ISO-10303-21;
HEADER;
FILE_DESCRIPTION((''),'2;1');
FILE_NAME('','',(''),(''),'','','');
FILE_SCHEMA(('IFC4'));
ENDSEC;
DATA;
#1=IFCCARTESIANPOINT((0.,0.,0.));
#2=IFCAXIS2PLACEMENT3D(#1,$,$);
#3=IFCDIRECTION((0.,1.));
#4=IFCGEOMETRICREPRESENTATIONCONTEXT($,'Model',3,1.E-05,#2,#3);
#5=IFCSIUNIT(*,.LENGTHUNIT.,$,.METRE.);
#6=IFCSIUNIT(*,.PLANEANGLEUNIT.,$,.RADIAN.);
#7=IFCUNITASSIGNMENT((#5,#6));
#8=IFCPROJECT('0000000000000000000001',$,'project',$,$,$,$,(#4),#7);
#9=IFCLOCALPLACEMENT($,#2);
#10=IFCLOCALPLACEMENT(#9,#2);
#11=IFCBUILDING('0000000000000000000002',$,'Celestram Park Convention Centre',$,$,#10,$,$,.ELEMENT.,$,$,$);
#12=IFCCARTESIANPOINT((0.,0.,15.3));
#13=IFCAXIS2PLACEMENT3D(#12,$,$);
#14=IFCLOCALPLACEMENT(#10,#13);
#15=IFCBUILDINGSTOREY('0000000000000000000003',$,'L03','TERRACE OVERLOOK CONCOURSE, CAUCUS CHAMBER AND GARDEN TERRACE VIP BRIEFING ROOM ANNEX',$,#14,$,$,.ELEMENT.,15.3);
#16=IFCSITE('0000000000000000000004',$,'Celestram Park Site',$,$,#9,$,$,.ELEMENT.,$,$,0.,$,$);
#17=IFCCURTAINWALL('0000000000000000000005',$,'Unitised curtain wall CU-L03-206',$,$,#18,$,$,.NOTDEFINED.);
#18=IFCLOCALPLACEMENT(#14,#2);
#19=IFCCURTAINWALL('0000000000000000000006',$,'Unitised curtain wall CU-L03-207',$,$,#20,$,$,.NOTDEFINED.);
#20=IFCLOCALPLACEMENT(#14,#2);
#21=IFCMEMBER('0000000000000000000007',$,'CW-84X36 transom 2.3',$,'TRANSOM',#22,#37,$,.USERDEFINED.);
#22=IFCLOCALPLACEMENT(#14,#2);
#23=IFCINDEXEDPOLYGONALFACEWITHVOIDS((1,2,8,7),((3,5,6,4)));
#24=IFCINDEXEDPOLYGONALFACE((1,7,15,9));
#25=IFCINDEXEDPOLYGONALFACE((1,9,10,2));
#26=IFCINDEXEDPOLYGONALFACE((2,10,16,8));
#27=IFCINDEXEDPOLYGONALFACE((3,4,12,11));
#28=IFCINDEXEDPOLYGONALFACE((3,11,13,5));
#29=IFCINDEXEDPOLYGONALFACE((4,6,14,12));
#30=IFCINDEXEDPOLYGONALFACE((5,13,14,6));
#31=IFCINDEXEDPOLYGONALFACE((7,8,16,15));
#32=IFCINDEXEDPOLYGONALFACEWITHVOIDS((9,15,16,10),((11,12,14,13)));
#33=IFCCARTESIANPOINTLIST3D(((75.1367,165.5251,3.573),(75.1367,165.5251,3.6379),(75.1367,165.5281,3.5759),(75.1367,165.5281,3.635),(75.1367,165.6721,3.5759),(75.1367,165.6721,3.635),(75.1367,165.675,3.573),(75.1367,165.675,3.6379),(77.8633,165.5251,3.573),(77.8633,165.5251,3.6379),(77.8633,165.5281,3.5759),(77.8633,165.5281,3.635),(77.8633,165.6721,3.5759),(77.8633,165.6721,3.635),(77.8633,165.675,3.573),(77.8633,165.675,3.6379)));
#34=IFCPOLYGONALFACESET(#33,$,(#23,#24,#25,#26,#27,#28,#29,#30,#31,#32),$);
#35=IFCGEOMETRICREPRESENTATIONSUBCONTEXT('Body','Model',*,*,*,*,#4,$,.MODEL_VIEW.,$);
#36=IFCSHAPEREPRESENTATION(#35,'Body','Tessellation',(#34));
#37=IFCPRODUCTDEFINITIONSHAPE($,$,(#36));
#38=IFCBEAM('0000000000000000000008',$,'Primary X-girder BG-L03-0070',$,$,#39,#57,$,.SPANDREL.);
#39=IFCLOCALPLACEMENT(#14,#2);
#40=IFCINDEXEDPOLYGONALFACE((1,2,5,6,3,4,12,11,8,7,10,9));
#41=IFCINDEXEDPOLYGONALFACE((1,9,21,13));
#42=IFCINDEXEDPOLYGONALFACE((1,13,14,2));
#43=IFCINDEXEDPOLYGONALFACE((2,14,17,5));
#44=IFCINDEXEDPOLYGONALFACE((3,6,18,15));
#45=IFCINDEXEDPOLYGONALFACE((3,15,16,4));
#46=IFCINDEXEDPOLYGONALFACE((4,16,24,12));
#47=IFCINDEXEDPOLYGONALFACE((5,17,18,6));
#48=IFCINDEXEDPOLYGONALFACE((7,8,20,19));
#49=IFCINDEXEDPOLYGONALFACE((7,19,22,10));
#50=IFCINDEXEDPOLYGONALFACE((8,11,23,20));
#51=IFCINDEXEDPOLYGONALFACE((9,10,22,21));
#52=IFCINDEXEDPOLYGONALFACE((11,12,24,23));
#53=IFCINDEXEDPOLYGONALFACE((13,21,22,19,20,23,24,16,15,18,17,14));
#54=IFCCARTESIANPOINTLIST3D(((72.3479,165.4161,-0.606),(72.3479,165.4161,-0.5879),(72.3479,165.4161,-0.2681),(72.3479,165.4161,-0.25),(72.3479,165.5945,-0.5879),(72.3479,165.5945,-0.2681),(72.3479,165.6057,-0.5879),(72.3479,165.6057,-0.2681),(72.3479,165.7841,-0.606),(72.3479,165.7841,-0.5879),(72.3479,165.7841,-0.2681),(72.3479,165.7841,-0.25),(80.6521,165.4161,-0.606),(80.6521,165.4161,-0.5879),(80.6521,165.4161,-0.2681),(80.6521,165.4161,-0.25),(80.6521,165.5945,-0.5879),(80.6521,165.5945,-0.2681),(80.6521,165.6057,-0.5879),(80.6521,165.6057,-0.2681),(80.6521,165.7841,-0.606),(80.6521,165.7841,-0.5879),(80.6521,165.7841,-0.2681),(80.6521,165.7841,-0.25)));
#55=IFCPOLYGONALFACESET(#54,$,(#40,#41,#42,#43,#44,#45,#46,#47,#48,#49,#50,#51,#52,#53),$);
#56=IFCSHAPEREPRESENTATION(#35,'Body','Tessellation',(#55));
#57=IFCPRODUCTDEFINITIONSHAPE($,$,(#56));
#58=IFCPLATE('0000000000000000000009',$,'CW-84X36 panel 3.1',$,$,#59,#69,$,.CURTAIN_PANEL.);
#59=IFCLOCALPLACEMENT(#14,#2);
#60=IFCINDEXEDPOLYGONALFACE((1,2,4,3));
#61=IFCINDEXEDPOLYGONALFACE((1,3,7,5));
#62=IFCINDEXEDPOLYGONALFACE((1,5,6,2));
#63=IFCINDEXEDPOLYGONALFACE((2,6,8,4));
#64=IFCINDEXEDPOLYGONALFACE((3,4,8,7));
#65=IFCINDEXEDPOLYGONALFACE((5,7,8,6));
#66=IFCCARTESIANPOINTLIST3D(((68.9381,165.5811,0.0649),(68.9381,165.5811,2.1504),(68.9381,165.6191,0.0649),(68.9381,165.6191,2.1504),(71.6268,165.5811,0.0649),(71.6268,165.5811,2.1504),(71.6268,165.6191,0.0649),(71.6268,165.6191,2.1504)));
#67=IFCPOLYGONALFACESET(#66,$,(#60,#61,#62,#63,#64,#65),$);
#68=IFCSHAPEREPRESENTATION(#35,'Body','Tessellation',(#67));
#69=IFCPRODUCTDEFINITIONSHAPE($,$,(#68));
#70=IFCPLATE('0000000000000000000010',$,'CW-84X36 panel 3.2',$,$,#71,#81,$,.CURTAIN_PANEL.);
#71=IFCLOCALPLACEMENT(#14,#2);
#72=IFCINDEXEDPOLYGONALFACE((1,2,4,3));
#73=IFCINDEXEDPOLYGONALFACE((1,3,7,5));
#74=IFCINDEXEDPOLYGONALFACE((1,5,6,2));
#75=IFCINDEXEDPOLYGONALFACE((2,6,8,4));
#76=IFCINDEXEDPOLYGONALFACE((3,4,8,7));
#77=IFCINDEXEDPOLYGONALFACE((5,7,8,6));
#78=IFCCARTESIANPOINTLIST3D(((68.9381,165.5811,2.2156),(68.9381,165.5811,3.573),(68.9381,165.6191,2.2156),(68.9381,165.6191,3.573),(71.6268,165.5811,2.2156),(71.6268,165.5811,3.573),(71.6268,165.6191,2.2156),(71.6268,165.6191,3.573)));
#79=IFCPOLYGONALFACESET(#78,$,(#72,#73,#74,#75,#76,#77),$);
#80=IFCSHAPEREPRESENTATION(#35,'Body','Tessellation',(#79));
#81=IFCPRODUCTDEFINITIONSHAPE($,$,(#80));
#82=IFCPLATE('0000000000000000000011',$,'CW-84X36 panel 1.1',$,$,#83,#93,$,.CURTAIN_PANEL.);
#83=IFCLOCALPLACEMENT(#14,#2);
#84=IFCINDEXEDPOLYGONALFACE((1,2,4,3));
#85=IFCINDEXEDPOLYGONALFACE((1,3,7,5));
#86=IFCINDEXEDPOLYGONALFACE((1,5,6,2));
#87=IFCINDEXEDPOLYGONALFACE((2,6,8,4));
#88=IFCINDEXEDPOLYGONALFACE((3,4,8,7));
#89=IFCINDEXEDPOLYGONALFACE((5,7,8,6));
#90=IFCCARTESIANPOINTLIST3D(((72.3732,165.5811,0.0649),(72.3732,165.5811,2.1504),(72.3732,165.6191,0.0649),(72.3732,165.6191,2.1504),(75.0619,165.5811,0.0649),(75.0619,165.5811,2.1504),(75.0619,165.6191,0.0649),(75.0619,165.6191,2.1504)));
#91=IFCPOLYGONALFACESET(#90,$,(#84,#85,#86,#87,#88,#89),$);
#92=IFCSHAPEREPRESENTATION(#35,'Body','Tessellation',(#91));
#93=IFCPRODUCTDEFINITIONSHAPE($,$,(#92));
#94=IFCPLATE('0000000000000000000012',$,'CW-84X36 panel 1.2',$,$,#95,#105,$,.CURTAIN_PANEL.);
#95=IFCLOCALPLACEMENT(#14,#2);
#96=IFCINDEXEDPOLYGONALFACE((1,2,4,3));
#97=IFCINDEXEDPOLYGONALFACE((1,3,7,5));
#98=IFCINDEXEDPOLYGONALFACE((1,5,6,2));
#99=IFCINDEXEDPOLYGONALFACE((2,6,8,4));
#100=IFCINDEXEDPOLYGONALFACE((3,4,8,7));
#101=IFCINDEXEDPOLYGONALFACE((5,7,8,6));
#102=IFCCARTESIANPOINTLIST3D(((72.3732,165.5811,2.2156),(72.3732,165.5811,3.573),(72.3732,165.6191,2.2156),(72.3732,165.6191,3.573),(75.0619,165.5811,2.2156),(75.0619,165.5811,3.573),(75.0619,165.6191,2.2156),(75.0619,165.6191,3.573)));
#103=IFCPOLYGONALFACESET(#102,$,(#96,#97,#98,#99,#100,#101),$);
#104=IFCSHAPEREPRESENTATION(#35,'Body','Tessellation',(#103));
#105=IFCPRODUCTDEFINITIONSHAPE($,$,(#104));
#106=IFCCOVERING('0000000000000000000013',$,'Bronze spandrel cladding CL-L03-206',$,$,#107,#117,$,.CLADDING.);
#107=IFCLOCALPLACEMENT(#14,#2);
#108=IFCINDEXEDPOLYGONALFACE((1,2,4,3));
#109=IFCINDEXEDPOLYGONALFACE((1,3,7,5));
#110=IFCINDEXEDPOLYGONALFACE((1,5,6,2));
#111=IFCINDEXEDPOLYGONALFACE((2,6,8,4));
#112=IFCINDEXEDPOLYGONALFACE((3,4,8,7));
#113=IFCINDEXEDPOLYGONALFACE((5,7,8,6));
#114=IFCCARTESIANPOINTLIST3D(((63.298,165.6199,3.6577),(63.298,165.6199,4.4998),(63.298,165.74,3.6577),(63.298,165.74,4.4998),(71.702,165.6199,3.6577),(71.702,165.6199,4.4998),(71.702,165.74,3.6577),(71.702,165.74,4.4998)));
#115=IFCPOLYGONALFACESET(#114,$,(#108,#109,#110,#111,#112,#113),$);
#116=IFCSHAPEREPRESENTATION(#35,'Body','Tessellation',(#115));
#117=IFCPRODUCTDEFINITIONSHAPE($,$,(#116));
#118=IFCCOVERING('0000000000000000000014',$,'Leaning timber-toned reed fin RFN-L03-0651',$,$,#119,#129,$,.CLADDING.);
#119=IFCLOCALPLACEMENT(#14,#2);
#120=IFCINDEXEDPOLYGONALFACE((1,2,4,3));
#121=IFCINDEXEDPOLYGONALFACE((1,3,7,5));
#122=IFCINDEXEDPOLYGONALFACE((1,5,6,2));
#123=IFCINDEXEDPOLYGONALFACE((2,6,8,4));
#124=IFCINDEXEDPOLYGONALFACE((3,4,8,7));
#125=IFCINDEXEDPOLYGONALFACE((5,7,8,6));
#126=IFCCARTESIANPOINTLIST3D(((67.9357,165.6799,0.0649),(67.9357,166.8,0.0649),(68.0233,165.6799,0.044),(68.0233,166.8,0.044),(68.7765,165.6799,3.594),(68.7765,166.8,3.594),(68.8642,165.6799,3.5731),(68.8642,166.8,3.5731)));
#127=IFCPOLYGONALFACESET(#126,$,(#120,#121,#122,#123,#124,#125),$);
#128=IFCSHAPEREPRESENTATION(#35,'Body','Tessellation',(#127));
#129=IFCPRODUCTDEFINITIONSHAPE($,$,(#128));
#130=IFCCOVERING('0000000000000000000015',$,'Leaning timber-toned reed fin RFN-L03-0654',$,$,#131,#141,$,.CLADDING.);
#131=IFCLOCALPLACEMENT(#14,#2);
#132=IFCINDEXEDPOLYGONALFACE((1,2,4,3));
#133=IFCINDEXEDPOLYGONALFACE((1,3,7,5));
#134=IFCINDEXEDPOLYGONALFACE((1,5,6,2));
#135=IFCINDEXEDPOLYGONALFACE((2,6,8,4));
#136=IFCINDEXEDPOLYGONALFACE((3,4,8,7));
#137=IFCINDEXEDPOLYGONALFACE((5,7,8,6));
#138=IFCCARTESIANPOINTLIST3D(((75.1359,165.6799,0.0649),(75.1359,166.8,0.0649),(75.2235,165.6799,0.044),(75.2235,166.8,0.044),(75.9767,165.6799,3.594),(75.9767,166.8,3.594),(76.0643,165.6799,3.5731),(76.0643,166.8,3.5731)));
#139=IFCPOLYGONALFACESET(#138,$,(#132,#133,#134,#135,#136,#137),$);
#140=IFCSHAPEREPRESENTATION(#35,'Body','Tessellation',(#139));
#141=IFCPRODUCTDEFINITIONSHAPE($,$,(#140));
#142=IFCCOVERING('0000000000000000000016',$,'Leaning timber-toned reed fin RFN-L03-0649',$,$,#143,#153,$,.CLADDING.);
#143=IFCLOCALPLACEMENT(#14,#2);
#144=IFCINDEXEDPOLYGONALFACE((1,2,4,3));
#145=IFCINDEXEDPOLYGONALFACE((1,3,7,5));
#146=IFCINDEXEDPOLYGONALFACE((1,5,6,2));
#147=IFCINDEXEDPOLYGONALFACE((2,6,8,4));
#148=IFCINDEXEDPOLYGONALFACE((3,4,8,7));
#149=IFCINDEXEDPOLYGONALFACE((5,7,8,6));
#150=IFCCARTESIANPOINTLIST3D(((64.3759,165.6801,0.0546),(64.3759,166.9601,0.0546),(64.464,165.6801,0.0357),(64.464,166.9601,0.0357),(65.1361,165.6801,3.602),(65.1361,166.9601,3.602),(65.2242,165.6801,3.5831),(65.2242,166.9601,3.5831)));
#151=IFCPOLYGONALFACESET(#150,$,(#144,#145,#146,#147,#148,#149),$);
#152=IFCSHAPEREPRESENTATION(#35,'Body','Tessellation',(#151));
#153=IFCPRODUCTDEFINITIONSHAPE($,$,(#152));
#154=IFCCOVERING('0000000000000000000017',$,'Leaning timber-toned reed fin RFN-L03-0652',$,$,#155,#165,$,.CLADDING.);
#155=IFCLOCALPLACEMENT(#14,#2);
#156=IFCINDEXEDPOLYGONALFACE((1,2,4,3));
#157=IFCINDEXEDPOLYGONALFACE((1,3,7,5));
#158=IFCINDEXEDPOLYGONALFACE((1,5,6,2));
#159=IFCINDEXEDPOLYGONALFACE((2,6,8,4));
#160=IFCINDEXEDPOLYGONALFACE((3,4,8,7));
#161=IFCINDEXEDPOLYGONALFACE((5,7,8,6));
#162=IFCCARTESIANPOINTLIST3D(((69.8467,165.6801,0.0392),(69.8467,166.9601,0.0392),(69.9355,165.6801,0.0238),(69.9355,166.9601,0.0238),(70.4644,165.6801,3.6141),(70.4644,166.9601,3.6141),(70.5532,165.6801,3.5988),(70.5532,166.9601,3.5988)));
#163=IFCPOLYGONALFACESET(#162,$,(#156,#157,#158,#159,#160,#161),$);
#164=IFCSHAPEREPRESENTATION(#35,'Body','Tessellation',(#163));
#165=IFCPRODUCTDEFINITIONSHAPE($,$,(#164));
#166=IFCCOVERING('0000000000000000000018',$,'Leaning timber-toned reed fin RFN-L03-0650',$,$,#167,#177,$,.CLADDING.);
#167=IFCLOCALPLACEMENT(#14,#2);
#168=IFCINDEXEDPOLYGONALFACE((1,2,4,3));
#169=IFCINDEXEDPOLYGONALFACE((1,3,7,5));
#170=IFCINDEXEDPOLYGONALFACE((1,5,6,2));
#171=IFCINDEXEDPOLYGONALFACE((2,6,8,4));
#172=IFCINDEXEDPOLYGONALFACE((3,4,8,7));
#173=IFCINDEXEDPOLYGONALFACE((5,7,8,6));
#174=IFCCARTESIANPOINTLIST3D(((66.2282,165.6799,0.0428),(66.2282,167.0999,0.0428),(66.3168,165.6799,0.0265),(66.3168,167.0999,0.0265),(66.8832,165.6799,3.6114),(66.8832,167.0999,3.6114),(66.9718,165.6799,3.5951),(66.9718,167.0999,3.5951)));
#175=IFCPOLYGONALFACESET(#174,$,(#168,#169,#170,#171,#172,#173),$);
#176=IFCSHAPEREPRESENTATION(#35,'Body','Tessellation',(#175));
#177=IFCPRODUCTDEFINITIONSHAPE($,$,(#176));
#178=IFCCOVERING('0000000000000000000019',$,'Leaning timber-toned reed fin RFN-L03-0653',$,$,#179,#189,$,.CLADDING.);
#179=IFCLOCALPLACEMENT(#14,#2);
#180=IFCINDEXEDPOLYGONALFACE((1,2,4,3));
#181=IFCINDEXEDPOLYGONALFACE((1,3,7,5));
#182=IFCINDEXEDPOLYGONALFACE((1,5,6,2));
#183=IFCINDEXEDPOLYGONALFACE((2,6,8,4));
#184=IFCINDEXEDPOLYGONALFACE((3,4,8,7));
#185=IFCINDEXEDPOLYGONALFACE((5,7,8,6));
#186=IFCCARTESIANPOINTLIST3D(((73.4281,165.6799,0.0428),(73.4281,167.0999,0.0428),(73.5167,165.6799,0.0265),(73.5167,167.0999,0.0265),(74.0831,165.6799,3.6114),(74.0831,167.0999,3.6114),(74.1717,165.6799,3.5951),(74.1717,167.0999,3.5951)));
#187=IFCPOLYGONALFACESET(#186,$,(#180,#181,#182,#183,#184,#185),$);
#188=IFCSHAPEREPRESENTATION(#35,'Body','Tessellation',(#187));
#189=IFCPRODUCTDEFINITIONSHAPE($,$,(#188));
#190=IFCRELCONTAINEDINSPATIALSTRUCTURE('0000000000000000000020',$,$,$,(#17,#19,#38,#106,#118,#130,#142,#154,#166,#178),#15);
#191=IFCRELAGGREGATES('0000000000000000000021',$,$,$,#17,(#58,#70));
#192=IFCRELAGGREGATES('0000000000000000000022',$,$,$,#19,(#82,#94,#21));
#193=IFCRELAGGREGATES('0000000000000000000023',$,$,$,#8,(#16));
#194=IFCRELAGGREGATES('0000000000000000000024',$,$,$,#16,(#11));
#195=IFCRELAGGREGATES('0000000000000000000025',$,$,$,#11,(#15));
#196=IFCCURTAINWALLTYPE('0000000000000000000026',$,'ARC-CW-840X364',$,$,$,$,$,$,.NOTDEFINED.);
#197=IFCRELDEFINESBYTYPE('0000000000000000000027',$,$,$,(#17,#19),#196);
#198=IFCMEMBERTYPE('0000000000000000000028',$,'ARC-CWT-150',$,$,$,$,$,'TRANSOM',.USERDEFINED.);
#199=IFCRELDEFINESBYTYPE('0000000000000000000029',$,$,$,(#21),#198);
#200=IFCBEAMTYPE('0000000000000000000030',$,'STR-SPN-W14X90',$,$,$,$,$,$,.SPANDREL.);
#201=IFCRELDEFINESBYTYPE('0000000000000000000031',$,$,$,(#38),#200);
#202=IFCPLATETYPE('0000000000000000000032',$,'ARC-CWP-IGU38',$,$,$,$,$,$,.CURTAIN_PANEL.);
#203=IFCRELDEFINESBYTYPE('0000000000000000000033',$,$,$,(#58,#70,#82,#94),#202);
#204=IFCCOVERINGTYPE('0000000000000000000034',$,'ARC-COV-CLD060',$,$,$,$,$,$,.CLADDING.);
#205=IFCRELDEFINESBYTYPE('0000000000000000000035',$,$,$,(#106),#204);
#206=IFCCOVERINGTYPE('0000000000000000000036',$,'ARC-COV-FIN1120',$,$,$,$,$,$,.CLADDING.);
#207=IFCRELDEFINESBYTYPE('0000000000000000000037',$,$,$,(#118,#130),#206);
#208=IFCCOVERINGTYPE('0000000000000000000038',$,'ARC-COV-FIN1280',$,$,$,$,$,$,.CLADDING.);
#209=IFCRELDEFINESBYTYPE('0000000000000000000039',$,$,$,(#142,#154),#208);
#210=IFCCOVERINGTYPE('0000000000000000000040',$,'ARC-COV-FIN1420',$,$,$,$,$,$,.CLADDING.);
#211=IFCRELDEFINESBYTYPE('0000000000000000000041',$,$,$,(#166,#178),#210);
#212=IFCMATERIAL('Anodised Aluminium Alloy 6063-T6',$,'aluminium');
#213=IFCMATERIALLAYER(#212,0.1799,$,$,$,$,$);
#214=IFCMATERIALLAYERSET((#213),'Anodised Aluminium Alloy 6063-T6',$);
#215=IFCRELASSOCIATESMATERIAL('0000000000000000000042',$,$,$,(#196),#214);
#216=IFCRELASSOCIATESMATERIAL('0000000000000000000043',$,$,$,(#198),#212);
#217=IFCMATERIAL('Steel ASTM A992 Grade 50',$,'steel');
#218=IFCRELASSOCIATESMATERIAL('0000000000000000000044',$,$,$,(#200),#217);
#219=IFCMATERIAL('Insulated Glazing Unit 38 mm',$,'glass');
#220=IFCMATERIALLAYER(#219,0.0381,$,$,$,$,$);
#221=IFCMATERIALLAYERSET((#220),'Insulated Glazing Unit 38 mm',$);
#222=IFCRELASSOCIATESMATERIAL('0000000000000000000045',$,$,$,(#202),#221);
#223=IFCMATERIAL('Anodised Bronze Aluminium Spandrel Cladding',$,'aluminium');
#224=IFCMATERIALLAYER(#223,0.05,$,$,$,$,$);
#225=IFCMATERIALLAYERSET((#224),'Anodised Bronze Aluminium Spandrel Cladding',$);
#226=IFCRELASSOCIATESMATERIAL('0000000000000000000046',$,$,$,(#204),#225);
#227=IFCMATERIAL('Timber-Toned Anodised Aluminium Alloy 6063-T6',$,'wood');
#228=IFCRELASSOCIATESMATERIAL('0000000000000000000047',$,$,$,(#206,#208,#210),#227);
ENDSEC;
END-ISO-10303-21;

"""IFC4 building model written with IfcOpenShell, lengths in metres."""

from ifc_helpers import new_model, si_unit, direction, frame, origin, origin_2d, place, context, subcontext, project, spatial, rectangle, hollow_rectangle, i_section, extrude, material, layer, layer_set, material_profile, profile_set, type_object, element, aggregate, save


model = new_model("IFC4")

# Units and contexts
model_context = context("Model", 3, precision=1e-05, world=origin(), true_north=direction((0.0, 1.0)))
body_context = subcontext(model_context, "Body", "Model", "MODEL_VIEW")
ifc_project = project(units=[si_unit("LENGTHUNIT", "METRE"), si_unit("PLANEANGLEUNIT", "RADIAN")], contexts=[model_context])

# Site, building, storey
site_placement = place(None, origin())
site = spatial("IfcSite", under=ifc_project, at=site_placement, Name="Celestram Park Site", CompositionType="ELEMENT", RefElevation=0.0)
building_placement = place(site_placement, origin())
building = spatial("IfcBuilding", under=site, at=building_placement, Name="Celestram Park Convention Centre", CompositionType="ELEMENT")
storey_placement = place(building_placement, frame((0.0, 0.0, 15.3)))
storey = spatial("IfcBuildingStorey", under=building, at=storey_placement, Name="L03", Description="TERRACE OVERLOOK CONCOURSE, CAUCUS CHAMBER AND GARDEN TERRACE VIP BRIEFING ROOM ANNEX", CompositionType="ELEMENT", Elevation=15.3)

# Curtain wall
ifc_material_1 = material(Name="Anodised Aluminium Alloy 6063-T6", Category="aluminium")
ifc_layer_1 = layer(ifc_material_1, 0.1799)
ifc_layer_set_1 = layer_set([ifc_layer_1], Name="Anodised Aluminium Alloy 6063-T6")
curtain_wall_type = type_object("IfcCurtainWallType", Name="ARC-CW-840X364", PredefinedType="NOTDEFINED", material=ifc_layer_set_1)
curtain_wall_1_placement = place(storey_placement, origin())
curtain_wall_1 = element("IfcCurtainWall", 1, at=curtain_wall_1_placement, inside=storey, type_object=curtain_wall_type, Name="Unitised curtain wall CU-L03-206", PredefinedType="NOTDEFINED")

# Curtain wall
curtain_wall_2_placement = place(storey_placement, origin())
curtain_wall_2 = element("IfcCurtainWall", 2, at=curtain_wall_2_placement, inside=storey, type_object=curtain_wall_type, Name="Unitised curtain wall CU-L03-207", PredefinedType="NOTDEFINED")

# Member
ifc_material_profile_1 = material_profile(ifc_material_1, hollow_rectangle(XDim=0.1499, YDim=0.0649, WallThickness=0.0029, at=origin_2d()), Name="ALU150X65X3")
ifc_profile_set_1 = profile_set([ifc_material_profile_1], Name="Anodised Aluminium Alloy 6063-T6")
member_type_1 = type_object("IfcMemberType", Name="ARC-CWT-150", ElementType="TRANSOM", PredefinedType="USERDEFINED", material=ifc_profile_set_1)
member_1_placement = place(storey_placement, frame((75.1367, 165.6001, 3.6055), z_axis=(1.0, 0.0, 0.0), x_axis=(0.0, 1.0, 0.0)))
member_1 = element("IfcMember", 3, at=member_1_placement, type_object=member_type_1, Name="CW-84X36 transom 2.3", ObjectType="TRANSOM", PredefinedType="USERDEFINED", context=body_context, shape_type="SweptSolid", body=[
    extrude(hollow_rectangle(XDim=0.1499, YDim=0.0649, WallThickness=0.0029, at=origin_2d()), origin(), (0.0, 0.0, 1.0), 2.7266),
])

# Beam
ifc_material_2 = material(Name="Steel ASTM A992 Grade 50", Category="steel")
ifc_material_profile_2 = material_profile(ifc_material_2, i_section(OverallWidth=0.3679, OverallDepth=0.356, WebThickness=0.0112, FlangeThickness=0.0181, at=origin_2d()), Name="W14X90")
ifc_profile_set_2 = profile_set([ifc_material_profile_2], Name="Steel ASTM A992 Grade 50")
beam_type = type_object("IfcBeamType", Name="STR-SPN-W14X90", PredefinedType="SPANDREL", material=ifc_profile_set_2)
beam_placement = place(storey_placement, frame((72.3479, 165.6001, -0.428), z_axis=(1.0, 0.0, 0.0), x_axis=(0.0, 1.0, 0.0)))
element("IfcBeam", 4, at=beam_placement, inside=storey, type_object=beam_type, Name="Primary X-girder BG-L03-0070", PredefinedType="SPANDREL", context=body_context, shape_type="SweptSolid", body=[
    extrude(i_section(OverallWidth=0.3679, OverallDepth=0.356, WebThickness=0.0112, FlangeThickness=0.0181, at=origin_2d()), origin(), (0.0, 0.0, 1.0), 8.3042),
])

# Plates
ifc_material_3 = material(Name="Insulated Glazing Unit 38 mm", Category="glass")
ifc_layer_2 = layer(ifc_material_3, 0.0381)
ifc_layer_set_2 = layer_set([ifc_layer_2], Name="Insulated Glazing Unit 38 mm")
plate_type = type_object("IfcPlateType", Name="ARC-CWP-IGU38", PredefinedType="CURTAIN_PANEL", material=ifc_layer_set_2)
plate_1_placement = place(storey_placement, frame((70.2825, 165.6001, 0.0649), z_axis=(0.0, 0.0, 1.0), x_axis=(1.0, 0.0, 0.0)))
plate_1 = element("IfcPlate", 5, at=plate_1_placement, type_object=plate_type, Name="CW-84X36 panel 3.1", PredefinedType="CURTAIN_PANEL", context=body_context, shape_type="SweptSolid", body=[
    extrude(rectangle(XDim=2.6887, YDim=0.0381, at=origin_2d()), origin(), (0.0, 0.0, 1.0), 2.0854),
])
plate_2_placement = place(storey_placement, frame((70.2825, 165.6001, 2.2156), z_axis=(0.0, 0.0, 1.0), x_axis=(1.0, 0.0, 0.0)))
plate_2 = element("IfcPlate", 6, at=plate_2_placement, type_object=plate_type, Name="CW-84X36 panel 3.2", PredefinedType="CURTAIN_PANEL", context=body_context, shape_type="SweptSolid", body=[
    extrude(rectangle(XDim=2.6887, YDim=0.0381, at=origin_2d()), origin(), (0.0, 0.0, 1.0), 1.3574),
])
aggregate(curtain_wall_1, [plate_1, plate_2])
plate_3_placement = place(storey_placement, frame((73.7175, 165.6001, 0.0649), z_axis=(0.0, 0.0, 1.0), x_axis=(1.0, 0.0, 0.0)))
plate_3 = element("IfcPlate", 7, at=plate_3_placement, type_object=plate_type, Name="CW-84X36 panel 1.1", PredefinedType="CURTAIN_PANEL", context=body_context, shape_type="SweptSolid", body=[
    extrude(rectangle(XDim=2.6887, YDim=0.0381, at=origin_2d()), origin(), (0.0, 0.0, 1.0), 2.0854),
])
plate_4_placement = place(storey_placement, frame((73.7175, 165.6001, 2.2156), z_axis=(0.0, 0.0, 1.0), x_axis=(1.0, 0.0, 0.0)))
plate_4 = element("IfcPlate", 8, at=plate_4_placement, type_object=plate_type, Name="CW-84X36 panel 1.2", PredefinedType="CURTAIN_PANEL", context=body_context, shape_type="SweptSolid", body=[
    extrude(rectangle(XDim=2.6887, YDim=0.0381, at=origin_2d()), origin(), (0.0, 0.0, 1.0), 1.3574),
])
aggregate(curtain_wall_2, [plate_3, plate_4, member_1])

# Coverings
ifc_material_4 = material(Name="Anodised Bronze Aluminium Spandrel Cladding", Category="aluminium")
ifc_layer_3 = layer(ifc_material_4, 0.05)
ifc_layer_set_3 = layer_set([ifc_layer_3], Name="Anodised Bronze Aluminium Spandrel Cladding")
covering_type_1 = type_object("IfcCoveringType", Name="ARC-COV-CLD060", PredefinedType="CLADDING", material=ifc_layer_set_3)
covering_placement = place(storey_placement, frame((67.5, 165.6799, 3.6577), z_axis=(0.0, 0.0, 1.0), x_axis=(1.0, 0.0, 0.0)))
element("IfcCovering", 9, at=covering_placement, inside=storey, type_object=covering_type_1, Name="Bronze spandrel cladding CL-L03-206", PredefinedType="CLADDING", context=body_context, shape_type="SweptSolid", body=[
    extrude(rectangle(XDim=8.4041, YDim=0.1201, at=origin_2d()), origin(), (0.0, 0.0, 1.0), 0.842),
])
ifc_material_5 = material(Name="Timber-Toned Anodised Aluminium Alloy 6063-T6", Category="wood")
ifc_material_profile_3 = material_profile(ifc_material_5, rectangle(XDim=1.1201, YDim=0.0901, at=origin_2d()), Name="REED1120X90")
ifc_profile_set_3 = profile_set([ifc_material_profile_3], Name="Timber-Toned Anodised Aluminium Alloy 6063-T6")
covering_type_2 = type_object("IfcCoveringType", Name="ARC-COV-FIN1120", PredefinedType="CLADDING", material=ifc_profile_set_3)
for number, where, z_axis, x_axis, name in (
    (10, (67.9795, 166.24, 0.0544), (0.231769, 0.0, 0.972771), (0.0, 1.0, 0.0), "Leaning timber-toned reed fin RFN-L03-0651"),
    (11, (75.1797, 166.24, 0.0544), (0.231769, 0.0, 0.972771), (0.0, 1.0, 0.0), "Leaning timber-toned reed fin RFN-L03-0654"),
):
    element("IfcCovering", number, at=place(storey_placement, frame(where, z_axis=z_axis, x_axis=x_axis)), inside=storey, type_object=covering_type_2, Name=name, PredefinedType="CLADDING", context=body_context, shape_type="SweptSolid", body=[
        extrude(rectangle(XDim=1.1201, YDim=0.0901, at=origin_2d()), origin(), (0.0, 0.0, 1.0), 3.6279),
    ])
ifc_material_profile_4 = material_profile(ifc_material_5, rectangle(XDim=1.28, YDim=0.0901, at=origin_2d()), Name="REED1280X90")
ifc_profile_set_4 = profile_set([ifc_material_profile_4], Name="Timber-Toned Anodised Aluminium Alloy 6063-T6")
covering_type_3 = type_object("IfcCoveringType", Name="ARC-COV-FIN1280", PredefinedType="CLADDING", material=ifc_profile_set_4)
for number, where, z_axis, x_axis, name in (
    (12, (64.4199, 166.3201, 0.0452), (0.209557, 0.0, 0.977797), (0.0, 1.0, 0.0), "Leaning timber-toned reed fin RFN-L03-0649"),
    (13, (69.8911, 166.3201, 0.0315), (0.170256, 0.0, 0.9854), (0.0, 1.0, 0.0), "Leaning timber-toned reed fin RFN-L03-0652"),
):
    element("IfcCovering", number, at=place(storey_placement, frame(where, z_axis=z_axis, x_axis=x_axis)), inside=storey, type_object=covering_type_3, Name=name, PredefinedType="CLADDING", context=body_context, shape_type="SweptSolid", body=[
        extrude(rectangle(XDim=1.28, YDim=0.0901, at=origin_2d()), origin(), (0.0, 0.0, 1.0), 3.6279),
    ])
ifc_material_profile_5 = material_profile(ifc_material_5, rectangle(XDim=1.4199, YDim=0.0901, at=origin_2d()), Name="REED1420X90")
ifc_profile_set_5 = profile_set([ifc_material_profile_5], Name="Timber-Toned Anodised Aluminium Alloy 6063-T6")
covering_type_4 = type_object("IfcCoveringType", Name="ARC-COV-FIN1420", PredefinedType="CLADDING", material=ifc_profile_set_5)
for number, where, z_axis, x_axis, name in (
    (14, (66.2725, 166.3899, 0.0347), (0.180537, 0.0, 0.983568), (0.0, 1.0, 0.0), "Leaning timber-toned reed fin RFN-L03-0650"),
    (15, (73.4724, 166.3899, 0.0347), (0.180537, 0.0, 0.983568), (0.0, 1.0, 0.0), "Leaning timber-toned reed fin RFN-L03-0653"),
):
    element("IfcCovering", number, at=place(storey_placement, frame(where, z_axis=z_axis, x_axis=x_axis)), inside=storey, type_object=covering_type_4, Name=name, PredefinedType="CLADDING", context=body_context, shape_type="SweptSolid", body=[
        extrude(rectangle(XDim=1.4199, YDim=0.0901, at=origin_2d()), origin(), (0.0, 0.0, 1.0), 3.6282),
    ])

save(model, "model.ifc")
